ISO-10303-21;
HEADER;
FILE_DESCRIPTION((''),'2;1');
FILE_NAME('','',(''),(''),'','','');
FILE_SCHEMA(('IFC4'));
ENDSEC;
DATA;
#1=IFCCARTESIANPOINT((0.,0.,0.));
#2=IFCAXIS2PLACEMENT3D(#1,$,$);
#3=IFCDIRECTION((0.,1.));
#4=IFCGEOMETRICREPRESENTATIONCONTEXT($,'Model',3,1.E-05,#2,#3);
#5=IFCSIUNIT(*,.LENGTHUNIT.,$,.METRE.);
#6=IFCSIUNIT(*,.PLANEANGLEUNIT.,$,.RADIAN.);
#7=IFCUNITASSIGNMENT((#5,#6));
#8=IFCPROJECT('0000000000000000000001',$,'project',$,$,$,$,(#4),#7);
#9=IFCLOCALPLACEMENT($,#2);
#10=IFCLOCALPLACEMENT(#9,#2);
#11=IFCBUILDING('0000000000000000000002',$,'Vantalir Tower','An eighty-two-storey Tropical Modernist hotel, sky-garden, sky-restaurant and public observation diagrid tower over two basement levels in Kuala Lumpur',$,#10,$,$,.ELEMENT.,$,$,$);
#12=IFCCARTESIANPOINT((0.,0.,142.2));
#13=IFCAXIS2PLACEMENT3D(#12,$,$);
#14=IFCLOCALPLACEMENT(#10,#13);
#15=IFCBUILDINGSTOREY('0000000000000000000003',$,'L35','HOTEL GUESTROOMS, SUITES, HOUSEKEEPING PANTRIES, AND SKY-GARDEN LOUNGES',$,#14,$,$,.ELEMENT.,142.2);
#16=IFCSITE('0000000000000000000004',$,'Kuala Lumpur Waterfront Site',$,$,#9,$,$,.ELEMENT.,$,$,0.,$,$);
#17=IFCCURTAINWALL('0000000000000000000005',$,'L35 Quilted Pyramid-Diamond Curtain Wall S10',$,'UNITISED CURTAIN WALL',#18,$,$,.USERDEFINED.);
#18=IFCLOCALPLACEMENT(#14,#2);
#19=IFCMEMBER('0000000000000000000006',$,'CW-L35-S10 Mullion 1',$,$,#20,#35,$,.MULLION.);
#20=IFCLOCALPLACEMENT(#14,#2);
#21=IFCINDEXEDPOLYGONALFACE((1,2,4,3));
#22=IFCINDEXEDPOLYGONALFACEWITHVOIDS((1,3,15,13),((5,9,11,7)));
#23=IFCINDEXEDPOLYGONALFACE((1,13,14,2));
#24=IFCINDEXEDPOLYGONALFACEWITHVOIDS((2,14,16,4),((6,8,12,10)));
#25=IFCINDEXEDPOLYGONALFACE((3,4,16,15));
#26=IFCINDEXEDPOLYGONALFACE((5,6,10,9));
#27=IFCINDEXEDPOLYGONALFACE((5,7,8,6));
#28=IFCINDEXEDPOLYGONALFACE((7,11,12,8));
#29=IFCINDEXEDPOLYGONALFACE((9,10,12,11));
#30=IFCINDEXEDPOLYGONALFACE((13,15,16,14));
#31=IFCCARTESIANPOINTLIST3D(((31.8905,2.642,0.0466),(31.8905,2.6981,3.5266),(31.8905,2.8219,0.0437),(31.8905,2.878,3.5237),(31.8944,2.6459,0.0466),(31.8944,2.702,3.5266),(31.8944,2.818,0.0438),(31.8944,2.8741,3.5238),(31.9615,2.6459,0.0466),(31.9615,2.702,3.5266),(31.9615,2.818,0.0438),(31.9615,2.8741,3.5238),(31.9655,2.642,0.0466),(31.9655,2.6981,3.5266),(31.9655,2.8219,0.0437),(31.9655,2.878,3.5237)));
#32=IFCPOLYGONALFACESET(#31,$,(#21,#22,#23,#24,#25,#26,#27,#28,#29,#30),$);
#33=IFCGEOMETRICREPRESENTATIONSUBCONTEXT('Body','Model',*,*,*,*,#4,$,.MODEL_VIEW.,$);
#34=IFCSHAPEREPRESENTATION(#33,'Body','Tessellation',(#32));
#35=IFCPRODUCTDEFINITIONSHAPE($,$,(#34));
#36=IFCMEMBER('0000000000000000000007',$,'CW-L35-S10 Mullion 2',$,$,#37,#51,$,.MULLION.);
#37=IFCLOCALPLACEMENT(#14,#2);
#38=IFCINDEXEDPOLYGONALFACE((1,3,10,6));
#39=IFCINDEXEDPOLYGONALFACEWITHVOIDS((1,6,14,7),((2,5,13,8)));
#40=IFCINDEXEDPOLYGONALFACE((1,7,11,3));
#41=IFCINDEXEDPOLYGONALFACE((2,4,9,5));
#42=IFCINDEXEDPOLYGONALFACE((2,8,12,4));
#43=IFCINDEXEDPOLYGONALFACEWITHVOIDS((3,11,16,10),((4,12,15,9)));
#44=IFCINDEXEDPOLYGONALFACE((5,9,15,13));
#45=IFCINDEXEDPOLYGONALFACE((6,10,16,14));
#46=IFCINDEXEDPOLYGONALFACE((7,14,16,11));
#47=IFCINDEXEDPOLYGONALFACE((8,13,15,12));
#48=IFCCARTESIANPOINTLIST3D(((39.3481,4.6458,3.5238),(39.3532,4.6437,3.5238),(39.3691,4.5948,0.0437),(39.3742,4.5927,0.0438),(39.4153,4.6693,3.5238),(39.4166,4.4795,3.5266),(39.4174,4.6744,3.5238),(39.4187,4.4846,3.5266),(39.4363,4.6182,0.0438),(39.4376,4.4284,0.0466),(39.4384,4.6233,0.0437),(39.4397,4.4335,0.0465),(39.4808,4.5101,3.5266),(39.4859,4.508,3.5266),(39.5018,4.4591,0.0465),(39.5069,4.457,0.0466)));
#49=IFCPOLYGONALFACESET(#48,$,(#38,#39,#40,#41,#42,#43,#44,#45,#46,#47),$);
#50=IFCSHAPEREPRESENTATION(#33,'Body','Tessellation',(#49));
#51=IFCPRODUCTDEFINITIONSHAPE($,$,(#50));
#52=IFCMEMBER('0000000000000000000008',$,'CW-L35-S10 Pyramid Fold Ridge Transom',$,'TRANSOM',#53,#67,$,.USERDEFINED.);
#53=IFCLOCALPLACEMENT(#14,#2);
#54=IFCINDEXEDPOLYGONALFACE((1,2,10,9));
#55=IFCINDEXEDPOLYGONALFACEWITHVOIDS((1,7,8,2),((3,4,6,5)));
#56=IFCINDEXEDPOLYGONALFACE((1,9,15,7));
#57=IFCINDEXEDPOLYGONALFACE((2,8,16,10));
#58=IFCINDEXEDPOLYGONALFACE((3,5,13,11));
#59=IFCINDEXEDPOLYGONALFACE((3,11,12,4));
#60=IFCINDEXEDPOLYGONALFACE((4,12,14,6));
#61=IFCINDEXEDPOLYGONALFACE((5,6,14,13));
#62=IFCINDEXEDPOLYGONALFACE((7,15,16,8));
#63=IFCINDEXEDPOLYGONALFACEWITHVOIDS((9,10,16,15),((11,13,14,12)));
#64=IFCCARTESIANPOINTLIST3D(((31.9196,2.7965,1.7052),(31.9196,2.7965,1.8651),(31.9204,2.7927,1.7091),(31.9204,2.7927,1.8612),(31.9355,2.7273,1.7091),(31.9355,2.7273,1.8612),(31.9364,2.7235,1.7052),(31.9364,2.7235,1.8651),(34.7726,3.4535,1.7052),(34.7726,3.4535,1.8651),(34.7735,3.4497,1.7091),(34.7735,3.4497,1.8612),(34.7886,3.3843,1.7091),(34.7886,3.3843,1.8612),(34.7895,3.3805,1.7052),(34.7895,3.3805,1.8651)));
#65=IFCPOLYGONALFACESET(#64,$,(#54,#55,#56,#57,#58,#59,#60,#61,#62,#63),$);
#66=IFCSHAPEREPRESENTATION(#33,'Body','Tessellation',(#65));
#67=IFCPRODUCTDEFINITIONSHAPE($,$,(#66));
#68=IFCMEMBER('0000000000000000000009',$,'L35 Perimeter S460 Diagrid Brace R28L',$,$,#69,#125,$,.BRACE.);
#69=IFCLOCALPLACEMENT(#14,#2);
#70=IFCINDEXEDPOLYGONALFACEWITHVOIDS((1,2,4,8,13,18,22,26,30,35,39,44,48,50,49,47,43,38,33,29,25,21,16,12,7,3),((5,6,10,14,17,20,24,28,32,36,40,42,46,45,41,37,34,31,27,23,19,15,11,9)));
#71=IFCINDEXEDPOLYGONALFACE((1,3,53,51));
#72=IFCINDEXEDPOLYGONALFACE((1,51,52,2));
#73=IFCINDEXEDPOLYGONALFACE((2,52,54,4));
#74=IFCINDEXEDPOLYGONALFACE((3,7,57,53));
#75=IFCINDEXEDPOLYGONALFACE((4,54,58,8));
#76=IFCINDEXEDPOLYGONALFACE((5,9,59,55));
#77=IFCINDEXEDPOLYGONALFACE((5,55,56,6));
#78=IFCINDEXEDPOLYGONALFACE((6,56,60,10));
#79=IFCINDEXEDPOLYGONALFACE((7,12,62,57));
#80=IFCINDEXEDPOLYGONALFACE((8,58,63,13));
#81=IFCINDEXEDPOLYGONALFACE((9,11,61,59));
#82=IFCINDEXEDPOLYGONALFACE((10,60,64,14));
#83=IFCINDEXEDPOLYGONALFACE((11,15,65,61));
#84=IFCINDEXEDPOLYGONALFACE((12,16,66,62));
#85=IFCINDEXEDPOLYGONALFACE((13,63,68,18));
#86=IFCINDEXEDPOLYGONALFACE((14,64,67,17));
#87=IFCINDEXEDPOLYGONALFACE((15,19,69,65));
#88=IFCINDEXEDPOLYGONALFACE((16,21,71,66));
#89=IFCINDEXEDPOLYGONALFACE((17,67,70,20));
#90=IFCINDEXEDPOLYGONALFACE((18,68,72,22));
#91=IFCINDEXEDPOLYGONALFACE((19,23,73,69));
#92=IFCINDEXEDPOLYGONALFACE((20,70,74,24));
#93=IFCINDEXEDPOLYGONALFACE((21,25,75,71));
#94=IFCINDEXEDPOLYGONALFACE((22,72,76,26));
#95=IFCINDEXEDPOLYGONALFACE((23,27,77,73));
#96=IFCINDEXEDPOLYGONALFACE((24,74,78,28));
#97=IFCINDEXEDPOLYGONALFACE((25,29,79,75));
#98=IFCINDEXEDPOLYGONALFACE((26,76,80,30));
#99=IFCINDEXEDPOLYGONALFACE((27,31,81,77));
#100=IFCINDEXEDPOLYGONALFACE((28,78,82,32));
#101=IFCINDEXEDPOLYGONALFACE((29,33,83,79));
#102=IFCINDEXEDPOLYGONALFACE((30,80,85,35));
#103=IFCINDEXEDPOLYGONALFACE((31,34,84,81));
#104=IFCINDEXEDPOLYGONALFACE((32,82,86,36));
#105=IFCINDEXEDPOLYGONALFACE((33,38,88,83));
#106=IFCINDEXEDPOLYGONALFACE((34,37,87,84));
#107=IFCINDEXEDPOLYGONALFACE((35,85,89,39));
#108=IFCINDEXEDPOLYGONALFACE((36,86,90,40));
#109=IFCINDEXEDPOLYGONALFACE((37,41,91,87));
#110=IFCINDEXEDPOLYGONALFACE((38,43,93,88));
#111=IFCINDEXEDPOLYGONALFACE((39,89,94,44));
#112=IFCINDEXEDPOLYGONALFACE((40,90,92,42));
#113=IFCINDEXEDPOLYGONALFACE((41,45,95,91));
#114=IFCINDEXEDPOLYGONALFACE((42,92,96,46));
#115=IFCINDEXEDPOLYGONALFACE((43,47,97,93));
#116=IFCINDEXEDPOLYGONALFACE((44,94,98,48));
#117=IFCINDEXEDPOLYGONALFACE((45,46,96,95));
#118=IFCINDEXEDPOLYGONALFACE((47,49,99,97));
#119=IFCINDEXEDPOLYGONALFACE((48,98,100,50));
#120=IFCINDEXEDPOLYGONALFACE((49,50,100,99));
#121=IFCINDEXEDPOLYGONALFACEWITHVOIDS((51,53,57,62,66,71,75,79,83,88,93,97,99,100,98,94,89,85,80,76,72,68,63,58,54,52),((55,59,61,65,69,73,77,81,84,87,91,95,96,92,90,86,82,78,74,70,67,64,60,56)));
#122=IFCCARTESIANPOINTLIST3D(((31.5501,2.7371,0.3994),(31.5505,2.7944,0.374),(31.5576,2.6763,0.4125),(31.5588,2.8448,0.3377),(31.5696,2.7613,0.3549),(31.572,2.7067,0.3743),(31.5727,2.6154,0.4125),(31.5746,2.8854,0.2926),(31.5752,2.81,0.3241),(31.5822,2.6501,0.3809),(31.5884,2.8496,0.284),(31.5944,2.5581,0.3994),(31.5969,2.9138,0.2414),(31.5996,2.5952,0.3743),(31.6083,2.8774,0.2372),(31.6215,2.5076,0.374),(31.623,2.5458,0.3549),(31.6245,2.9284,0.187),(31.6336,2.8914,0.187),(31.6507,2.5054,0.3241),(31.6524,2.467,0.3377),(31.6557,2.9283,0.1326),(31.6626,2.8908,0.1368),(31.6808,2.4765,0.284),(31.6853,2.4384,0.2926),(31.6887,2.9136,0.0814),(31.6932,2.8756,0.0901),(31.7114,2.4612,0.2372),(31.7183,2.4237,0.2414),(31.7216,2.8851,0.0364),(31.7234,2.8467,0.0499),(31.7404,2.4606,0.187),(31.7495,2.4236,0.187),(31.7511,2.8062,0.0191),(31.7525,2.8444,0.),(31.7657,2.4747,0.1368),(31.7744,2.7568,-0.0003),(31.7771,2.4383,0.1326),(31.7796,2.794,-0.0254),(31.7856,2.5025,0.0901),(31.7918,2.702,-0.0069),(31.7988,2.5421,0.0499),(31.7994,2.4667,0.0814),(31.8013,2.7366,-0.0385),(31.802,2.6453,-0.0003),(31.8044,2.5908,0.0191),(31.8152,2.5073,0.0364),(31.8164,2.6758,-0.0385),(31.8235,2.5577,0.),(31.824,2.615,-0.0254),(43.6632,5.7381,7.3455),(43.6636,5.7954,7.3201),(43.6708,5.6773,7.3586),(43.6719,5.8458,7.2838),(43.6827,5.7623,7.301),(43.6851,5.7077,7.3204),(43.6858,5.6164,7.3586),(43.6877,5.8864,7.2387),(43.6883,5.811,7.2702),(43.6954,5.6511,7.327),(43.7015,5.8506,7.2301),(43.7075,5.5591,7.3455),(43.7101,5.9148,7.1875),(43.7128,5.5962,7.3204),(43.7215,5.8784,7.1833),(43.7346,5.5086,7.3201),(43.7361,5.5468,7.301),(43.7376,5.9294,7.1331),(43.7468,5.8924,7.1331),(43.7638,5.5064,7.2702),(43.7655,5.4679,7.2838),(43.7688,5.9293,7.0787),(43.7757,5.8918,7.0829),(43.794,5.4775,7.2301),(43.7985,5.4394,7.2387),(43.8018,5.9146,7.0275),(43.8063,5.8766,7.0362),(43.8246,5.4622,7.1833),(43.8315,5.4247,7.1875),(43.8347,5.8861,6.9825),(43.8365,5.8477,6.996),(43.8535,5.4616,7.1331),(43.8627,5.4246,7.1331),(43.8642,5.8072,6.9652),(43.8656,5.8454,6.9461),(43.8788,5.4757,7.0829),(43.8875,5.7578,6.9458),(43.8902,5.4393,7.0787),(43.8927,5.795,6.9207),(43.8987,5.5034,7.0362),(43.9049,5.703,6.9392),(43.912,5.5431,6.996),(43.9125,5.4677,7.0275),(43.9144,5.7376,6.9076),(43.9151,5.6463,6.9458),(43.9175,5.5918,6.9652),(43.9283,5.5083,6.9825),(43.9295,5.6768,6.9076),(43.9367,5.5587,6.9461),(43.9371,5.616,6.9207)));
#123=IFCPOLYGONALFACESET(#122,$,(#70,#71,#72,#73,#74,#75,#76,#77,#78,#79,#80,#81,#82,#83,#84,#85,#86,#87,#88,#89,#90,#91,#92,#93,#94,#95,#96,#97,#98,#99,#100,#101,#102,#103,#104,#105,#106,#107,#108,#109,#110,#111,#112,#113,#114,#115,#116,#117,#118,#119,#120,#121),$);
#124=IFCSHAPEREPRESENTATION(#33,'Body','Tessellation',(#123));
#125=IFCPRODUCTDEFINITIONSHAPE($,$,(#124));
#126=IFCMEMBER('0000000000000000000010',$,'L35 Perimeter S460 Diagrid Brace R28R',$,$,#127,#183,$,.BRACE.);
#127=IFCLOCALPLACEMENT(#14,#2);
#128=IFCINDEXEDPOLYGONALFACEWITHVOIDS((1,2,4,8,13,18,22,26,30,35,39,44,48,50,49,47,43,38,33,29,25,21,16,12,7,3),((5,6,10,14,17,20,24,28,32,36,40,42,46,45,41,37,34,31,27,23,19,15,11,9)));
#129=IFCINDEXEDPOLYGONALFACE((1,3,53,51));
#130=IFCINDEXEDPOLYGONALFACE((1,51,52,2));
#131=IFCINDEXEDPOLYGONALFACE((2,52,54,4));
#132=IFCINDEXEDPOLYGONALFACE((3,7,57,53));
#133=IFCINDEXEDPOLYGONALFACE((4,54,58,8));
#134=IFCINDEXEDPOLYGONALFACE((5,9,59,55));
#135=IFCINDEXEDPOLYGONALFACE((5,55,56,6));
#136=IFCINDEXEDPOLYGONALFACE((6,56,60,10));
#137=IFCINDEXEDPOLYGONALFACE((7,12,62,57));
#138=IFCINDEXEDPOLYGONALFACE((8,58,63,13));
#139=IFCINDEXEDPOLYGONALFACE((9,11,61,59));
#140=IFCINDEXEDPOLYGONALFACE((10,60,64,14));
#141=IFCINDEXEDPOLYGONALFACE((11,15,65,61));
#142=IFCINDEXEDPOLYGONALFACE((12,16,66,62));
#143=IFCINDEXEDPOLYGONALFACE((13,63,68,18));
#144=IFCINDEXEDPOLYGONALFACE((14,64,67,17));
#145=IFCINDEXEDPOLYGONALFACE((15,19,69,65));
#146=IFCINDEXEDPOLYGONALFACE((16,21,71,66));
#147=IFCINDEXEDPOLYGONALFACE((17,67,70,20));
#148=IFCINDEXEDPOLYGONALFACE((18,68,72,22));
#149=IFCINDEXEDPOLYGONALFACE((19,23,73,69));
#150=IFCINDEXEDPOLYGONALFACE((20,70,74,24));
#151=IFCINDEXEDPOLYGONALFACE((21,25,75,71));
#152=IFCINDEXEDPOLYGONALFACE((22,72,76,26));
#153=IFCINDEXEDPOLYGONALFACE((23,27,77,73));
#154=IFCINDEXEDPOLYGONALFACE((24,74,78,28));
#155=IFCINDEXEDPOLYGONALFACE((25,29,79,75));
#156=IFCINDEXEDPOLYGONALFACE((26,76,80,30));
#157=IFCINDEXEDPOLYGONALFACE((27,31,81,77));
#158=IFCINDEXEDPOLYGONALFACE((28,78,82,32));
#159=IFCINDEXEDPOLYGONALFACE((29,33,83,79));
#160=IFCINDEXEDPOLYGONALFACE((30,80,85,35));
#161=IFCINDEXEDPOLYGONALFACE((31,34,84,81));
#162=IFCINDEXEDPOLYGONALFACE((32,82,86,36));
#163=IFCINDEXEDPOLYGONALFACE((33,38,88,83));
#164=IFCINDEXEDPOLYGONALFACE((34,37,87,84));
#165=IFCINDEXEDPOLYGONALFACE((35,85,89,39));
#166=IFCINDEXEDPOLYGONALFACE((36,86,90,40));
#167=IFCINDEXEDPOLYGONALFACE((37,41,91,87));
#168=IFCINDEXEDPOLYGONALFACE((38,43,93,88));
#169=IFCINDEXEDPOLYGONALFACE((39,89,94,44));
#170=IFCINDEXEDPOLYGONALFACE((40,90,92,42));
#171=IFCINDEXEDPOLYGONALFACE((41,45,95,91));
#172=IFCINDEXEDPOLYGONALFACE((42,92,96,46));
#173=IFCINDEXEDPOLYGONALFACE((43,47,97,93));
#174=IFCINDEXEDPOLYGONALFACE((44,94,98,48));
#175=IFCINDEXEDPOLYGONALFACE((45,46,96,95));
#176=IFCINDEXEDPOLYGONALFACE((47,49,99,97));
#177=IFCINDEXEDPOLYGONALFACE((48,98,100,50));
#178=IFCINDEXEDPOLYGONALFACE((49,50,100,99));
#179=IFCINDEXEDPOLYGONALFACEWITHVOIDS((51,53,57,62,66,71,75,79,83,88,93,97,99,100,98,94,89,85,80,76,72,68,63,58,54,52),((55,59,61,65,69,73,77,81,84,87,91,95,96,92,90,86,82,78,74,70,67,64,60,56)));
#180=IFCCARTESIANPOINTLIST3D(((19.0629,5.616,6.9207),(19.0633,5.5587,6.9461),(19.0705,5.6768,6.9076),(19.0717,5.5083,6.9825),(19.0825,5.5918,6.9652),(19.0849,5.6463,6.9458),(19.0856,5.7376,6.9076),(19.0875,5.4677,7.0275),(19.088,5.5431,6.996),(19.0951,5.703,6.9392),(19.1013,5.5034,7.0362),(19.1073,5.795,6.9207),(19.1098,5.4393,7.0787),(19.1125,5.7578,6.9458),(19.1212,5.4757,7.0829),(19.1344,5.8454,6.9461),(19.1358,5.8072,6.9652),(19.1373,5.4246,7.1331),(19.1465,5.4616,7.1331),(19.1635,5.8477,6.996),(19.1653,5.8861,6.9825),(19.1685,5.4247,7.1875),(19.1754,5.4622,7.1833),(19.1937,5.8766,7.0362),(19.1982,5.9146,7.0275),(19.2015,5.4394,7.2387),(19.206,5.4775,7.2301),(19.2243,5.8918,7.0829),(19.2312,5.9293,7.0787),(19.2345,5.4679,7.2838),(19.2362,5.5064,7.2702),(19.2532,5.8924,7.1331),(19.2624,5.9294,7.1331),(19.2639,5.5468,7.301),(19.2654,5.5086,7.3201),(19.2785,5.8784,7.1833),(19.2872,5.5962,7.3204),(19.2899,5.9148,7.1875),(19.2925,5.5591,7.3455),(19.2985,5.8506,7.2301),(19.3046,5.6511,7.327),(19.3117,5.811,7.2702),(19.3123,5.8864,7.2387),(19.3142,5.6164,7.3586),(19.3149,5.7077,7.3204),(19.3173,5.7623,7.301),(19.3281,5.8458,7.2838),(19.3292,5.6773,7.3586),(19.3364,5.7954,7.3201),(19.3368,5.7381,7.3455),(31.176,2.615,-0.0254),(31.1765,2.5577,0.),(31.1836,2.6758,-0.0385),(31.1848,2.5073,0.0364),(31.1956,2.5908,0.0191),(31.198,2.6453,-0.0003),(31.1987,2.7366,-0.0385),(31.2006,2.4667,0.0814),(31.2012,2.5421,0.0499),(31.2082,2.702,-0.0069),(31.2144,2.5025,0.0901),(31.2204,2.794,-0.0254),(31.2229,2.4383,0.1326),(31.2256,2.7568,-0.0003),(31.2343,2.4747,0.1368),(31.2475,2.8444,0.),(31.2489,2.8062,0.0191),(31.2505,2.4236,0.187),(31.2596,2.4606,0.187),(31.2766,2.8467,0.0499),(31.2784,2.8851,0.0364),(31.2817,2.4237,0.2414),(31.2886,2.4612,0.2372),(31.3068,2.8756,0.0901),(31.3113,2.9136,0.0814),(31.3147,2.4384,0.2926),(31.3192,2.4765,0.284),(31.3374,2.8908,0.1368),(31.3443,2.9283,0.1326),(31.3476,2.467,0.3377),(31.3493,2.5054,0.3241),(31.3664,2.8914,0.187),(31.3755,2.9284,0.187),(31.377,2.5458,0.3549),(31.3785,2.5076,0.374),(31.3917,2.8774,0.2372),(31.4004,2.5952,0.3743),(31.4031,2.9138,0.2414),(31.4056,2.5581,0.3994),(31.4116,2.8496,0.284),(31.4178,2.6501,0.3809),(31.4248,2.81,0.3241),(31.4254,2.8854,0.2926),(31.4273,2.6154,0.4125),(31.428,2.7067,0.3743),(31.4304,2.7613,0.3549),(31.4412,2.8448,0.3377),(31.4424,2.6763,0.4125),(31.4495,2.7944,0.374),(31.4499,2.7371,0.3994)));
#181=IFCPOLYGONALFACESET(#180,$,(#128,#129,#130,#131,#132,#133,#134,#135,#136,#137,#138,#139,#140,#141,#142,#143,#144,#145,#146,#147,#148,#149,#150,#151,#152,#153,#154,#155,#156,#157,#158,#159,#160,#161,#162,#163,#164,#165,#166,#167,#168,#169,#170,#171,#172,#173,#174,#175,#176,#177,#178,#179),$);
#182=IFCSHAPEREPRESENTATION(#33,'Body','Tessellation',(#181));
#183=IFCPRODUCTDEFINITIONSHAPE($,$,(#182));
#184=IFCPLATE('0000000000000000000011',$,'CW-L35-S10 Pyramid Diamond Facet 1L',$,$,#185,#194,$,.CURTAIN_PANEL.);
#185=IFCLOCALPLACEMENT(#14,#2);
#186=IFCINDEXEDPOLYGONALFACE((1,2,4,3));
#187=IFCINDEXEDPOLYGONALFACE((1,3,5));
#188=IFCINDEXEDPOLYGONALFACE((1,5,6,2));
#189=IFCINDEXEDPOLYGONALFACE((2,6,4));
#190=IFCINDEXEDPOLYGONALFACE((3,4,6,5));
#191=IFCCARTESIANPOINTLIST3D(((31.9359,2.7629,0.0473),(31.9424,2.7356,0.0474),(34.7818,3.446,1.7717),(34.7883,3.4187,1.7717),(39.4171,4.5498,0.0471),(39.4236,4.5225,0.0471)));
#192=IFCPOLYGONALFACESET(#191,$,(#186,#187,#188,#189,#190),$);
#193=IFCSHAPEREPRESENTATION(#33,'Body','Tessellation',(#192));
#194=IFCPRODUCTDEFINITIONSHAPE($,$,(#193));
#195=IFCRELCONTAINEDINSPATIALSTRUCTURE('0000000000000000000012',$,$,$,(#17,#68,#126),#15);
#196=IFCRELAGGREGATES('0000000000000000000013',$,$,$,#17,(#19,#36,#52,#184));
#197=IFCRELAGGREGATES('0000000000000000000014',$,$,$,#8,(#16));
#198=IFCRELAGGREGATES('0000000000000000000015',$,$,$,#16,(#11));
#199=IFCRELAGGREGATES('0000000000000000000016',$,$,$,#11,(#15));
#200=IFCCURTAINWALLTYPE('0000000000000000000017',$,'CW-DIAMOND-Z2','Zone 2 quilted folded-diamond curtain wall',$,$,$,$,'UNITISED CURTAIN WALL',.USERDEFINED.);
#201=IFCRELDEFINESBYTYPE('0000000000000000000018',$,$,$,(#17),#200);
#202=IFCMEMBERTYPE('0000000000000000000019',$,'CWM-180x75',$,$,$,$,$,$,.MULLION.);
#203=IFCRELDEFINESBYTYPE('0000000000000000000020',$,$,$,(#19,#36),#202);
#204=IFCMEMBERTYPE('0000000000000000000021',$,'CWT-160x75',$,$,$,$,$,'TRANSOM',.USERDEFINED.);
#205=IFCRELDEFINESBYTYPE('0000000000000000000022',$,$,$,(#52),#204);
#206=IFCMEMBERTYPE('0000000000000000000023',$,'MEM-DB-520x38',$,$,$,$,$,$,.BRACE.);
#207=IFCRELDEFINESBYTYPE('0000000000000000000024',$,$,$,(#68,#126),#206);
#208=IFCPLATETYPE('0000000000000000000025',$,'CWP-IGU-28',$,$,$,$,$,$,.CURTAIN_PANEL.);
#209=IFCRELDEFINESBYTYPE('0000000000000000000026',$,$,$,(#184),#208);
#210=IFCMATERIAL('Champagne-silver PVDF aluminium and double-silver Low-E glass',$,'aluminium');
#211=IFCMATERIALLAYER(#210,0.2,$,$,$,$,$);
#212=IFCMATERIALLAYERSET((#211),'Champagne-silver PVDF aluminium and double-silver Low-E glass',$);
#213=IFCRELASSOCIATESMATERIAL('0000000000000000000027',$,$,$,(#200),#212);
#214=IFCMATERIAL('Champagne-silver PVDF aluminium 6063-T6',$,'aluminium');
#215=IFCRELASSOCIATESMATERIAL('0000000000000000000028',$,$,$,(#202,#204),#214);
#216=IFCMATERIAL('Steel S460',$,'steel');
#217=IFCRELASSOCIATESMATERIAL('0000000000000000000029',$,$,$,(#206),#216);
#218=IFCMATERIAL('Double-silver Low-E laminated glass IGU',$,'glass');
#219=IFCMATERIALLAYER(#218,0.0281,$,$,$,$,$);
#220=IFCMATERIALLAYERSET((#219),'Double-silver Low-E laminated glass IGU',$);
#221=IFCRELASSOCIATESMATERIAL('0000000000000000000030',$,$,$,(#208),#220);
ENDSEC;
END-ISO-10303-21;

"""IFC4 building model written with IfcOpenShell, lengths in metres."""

from ifc_helpers import new_model, si_unit, direction, frame, origin, origin_2d, place, context, subcontext, project, spatial, polyline, hollow_rectangle, hollow_circle, outline, extrude, material, layer, layer_set, material_profile, profile_set, type_object, element, aggregate, save


model = new_model("IFC4")

# Units and contexts
model_context = context("Model", 3, precision=1e-05, world=origin(), true_north=direction((0.0, 1.0)))
body_context = subcontext(model_context, "Body", "Model", "MODEL_VIEW")
ifc_project = project(units=[si_unit("LENGTHUNIT", "METRE"), si_unit("PLANEANGLEUNIT", "RADIAN")], contexts=[model_context])

# Site, building, storey
site_placement = place(None, origin())
site = spatial("IfcSite", under=ifc_project, at=site_placement, Name="Kuala Lumpur Waterfront Site", CompositionType="ELEMENT", RefElevation=0.0)
building_placement = place(site_placement, origin())
building = spatial("IfcBuilding", under=site, at=building_placement, Name="Vantalir Tower", Description="An eighty-two-storey Tropical Modernist hotel, sky-garden, sky-restaurant and public observation diagrid tower over two basement levels in Kuala Lumpur", CompositionType="ELEMENT")
storey_placement = place(building_placement, frame((0.0, 0.0, 142.2)))
storey = spatial("IfcBuildingStorey", under=building, at=storey_placement, Name="L35", Description="HOTEL GUESTROOMS, SUITES, HOUSEKEEPING PANTRIES, AND SKY-GARDEN LOUNGES", CompositionType="ELEMENT", Elevation=142.2)

# Shared definitions
ifc_material_1 = material(Name="Steel S460", Category="steel")

# Shared definitions
ifc_material_2 = material(Name="Champagne-silver PVDF aluminium and double-silver Low-E glass", Category="aluminium")
ifc_layer_1 = layer(ifc_material_2, 0.2)
ifc_layer_set_1 = layer_set([ifc_layer_1], Name="Champagne-silver PVDF aluminium and double-silver Low-E glass")
curtain_wall_type = type_object("IfcCurtainWallType", Name="CW-DIAMOND-Z2", Description="Zone 2 quilted folded-diamond curtain wall", ElementType="UNITISED CURTAIN WALL", PredefinedType="USERDEFINED", material=ifc_layer_set_1)
ifc_material_3 = material(Name="Champagne-silver PVDF aluminium 6063-T6", Category="aluminium")
ifc_material_profile_1 = material_profile(ifc_material_3, hollow_rectangle(XDim=0.075, YDim=0.1799, WallThickness=0.0039, at=origin_2d()), Name="Champagne-silver PVDF aluminium 6063-T6")
ifc_profile_set_1 = profile_set([ifc_material_profile_1], Name="Champagne-silver PVDF aluminium 6063-T6")
member_type_1 = type_object("IfcMemberType", Name="CWM-180x75", PredefinedType="MULLION", material=ifc_profile_set_1)

# Curtain wall, members
curtain_wall_1_placement = place(storey_placement, origin())
curtain_wall_1 = element("IfcCurtainWall", 1, at=curtain_wall_1_placement, inside=storey, type_object=curtain_wall_type, Name="L35 Quilted Pyramid-Diamond Curtain Wall S10", ObjectType="UNITISED CURTAIN WALL", PredefinedType="USERDEFINED")
member_1_placement = place(storey_placement, frame((31.928, 2.7319, 0.0452), z_axis=(0.0, 0.016134, 0.99987), x_axis=(-1.0, 0.0, 0.0)))
member_1 = element("IfcMember", 2, at=member_1_placement, type_object=member_type_1, Name="CW-L35-S10 Mullion 1", PredefinedType="MULLION", context=body_context, shape_type="SweptSolid", body=[
    extrude(hollow_rectangle(XDim=0.075, YDim=0.1799, WallThickness=0.0039, at=origin_2d()), origin(), (0.0, 0.0, 1.0), 3.4805),
])
member_2_placement = place(storey_placement, frame((39.438, 4.5259, 0.0452), z_axis=(-0.006033, 0.014661, 0.999874), x_axis=(-0.92477, -0.380527, 0.0)))
member_2 = element("IfcMember", 3, at=member_2_placement, type_object=member_type_1, Name="CW-L35-S10 Mullion 2", PredefinedType="MULLION", context=body_context, shape_type="SweptSolid", body=[
    extrude(hollow_rectangle(XDim=0.075, YDim=0.1799, WallThickness=0.0039, at=origin_2d()), origin(), (0.0, 0.0, 1.0), 3.4805),
])
ifc_material_profile_2 = material_profile(ifc_material_3, hollow_rectangle(XDim=0.075, YDim=0.1599, WallThickness=0.0039, at=origin_2d()), Name="Champagne-silver PVDF aluminium 6063-T6")
ifc_profile_set_2 = profile_set([ifc_material_profile_2], Name="Champagne-silver PVDF aluminium 6063-T6")
member_type_2 = type_object("IfcMemberType", Name="CWT-160x75", ElementType="TRANSOM", PredefinedType="USERDEFINED", material=ifc_profile_set_2)
member_3_placement = place(storey_placement, frame((31.928, 2.76, 1.7852), z_axis=(0.974496, 0.224403, 0.0), x_axis=(-0.224403, 0.974496, 0.0)))
member_3 = element("IfcMember", 4, at=member_3_placement, type_object=member_type_2, Name="CW-L35-S10 Pyramid Fold Ridge Transom", ObjectType="TRANSOM", PredefinedType="USERDEFINED", context=body_context, shape_type="SweptSolid", body=[
    extrude(hollow_rectangle(XDim=0.075, YDim=0.1599, WallThickness=0.0039, at=origin_2d()), origin(), (0.0, 0.0, 1.0), 2.9277),
])

# Members
ifc_material_profile_3 = material_profile(ifc_material_1, hollow_circle(Radius=0.26, WallThickness=0.0381, at=origin_2d()), Name="Steel S460")
ifc_profile_set_3 = profile_set([ifc_material_profile_3], Name="Steel S460")
member_type_3 = type_object("IfcMemberType", Name="MEM-DB-520x38", PredefinedType="BRACE", material=ifc_profile_set_3)
for number, where, z_axis, x_axis, name in (
    (5, (31.687, 2.676, 0.187), (0.848126, 0.210121, 0.486345), (-0.240477, 0.970655, 0.0), "L35 Perimeter S460 Diagrid Brace R28L"),
    (6, (31.313, 2.676, 0.187), (-0.848126, 0.210121, 0.486345), (-0.240477, -0.970655, 0.0), "L35 Perimeter S460 Diagrid Brace R28R"),
):
    element("IfcMember", number, at=place(storey_placement, frame(where, z_axis=z_axis, x_axis=x_axis)), inside=storey, type_object=member_type_3, Name=name, PredefinedType="BRACE", context=body_context, shape_type="SweptSolid", body=[
        extrude(hollow_circle(Radius=0.26, WallThickness=0.0381, at=origin_2d()), origin(), (0.0, 0.0, 1.0), 14.2822),
    ])

# Plate
ifc_material_4 = material(Name="Double-silver Low-E laminated glass IGU", Category="glass")
ifc_layer_2 = layer(ifc_material_4, 0.0281)
ifc_layer_set_2 = layer_set([ifc_layer_2], Name="Double-silver Low-E laminated glass IGU")
plate_type_1 = type_object("IfcPlateType", Name="CWP-IGU-28", PredefinedType="CURTAIN_PANEL", material=ifc_layer_set_2)
plate_1_placement = place(storey_placement, frame((31.9424, 2.7356, 0.0474), z_axis=(0.232312, -0.972639, 0.001894), x_axis=(0.972641, 0.232313, -0.000032)))
plate_1 = element("IfcPlate", 7, at=plate_1_placement, type_object=plate_type_1, Name="CW-L35-S10 Pyramid Diamond Facet 1L", PredefinedType="CURTAIN_PANEL", context=body_context, shape_type="SweptSolid", body=[
    extrude(outline(polyline([(0.0, 0.0), (7.6916, 0.0), (2.9267, 1.7245), (0.0, 0.0)])), origin(), (0.0, 0.0, -1.0), 0.0281),
])
aggregate(curtain_wall_1, [member_1, member_2, member_3, plate_1])

save(model, "model.ifc")
